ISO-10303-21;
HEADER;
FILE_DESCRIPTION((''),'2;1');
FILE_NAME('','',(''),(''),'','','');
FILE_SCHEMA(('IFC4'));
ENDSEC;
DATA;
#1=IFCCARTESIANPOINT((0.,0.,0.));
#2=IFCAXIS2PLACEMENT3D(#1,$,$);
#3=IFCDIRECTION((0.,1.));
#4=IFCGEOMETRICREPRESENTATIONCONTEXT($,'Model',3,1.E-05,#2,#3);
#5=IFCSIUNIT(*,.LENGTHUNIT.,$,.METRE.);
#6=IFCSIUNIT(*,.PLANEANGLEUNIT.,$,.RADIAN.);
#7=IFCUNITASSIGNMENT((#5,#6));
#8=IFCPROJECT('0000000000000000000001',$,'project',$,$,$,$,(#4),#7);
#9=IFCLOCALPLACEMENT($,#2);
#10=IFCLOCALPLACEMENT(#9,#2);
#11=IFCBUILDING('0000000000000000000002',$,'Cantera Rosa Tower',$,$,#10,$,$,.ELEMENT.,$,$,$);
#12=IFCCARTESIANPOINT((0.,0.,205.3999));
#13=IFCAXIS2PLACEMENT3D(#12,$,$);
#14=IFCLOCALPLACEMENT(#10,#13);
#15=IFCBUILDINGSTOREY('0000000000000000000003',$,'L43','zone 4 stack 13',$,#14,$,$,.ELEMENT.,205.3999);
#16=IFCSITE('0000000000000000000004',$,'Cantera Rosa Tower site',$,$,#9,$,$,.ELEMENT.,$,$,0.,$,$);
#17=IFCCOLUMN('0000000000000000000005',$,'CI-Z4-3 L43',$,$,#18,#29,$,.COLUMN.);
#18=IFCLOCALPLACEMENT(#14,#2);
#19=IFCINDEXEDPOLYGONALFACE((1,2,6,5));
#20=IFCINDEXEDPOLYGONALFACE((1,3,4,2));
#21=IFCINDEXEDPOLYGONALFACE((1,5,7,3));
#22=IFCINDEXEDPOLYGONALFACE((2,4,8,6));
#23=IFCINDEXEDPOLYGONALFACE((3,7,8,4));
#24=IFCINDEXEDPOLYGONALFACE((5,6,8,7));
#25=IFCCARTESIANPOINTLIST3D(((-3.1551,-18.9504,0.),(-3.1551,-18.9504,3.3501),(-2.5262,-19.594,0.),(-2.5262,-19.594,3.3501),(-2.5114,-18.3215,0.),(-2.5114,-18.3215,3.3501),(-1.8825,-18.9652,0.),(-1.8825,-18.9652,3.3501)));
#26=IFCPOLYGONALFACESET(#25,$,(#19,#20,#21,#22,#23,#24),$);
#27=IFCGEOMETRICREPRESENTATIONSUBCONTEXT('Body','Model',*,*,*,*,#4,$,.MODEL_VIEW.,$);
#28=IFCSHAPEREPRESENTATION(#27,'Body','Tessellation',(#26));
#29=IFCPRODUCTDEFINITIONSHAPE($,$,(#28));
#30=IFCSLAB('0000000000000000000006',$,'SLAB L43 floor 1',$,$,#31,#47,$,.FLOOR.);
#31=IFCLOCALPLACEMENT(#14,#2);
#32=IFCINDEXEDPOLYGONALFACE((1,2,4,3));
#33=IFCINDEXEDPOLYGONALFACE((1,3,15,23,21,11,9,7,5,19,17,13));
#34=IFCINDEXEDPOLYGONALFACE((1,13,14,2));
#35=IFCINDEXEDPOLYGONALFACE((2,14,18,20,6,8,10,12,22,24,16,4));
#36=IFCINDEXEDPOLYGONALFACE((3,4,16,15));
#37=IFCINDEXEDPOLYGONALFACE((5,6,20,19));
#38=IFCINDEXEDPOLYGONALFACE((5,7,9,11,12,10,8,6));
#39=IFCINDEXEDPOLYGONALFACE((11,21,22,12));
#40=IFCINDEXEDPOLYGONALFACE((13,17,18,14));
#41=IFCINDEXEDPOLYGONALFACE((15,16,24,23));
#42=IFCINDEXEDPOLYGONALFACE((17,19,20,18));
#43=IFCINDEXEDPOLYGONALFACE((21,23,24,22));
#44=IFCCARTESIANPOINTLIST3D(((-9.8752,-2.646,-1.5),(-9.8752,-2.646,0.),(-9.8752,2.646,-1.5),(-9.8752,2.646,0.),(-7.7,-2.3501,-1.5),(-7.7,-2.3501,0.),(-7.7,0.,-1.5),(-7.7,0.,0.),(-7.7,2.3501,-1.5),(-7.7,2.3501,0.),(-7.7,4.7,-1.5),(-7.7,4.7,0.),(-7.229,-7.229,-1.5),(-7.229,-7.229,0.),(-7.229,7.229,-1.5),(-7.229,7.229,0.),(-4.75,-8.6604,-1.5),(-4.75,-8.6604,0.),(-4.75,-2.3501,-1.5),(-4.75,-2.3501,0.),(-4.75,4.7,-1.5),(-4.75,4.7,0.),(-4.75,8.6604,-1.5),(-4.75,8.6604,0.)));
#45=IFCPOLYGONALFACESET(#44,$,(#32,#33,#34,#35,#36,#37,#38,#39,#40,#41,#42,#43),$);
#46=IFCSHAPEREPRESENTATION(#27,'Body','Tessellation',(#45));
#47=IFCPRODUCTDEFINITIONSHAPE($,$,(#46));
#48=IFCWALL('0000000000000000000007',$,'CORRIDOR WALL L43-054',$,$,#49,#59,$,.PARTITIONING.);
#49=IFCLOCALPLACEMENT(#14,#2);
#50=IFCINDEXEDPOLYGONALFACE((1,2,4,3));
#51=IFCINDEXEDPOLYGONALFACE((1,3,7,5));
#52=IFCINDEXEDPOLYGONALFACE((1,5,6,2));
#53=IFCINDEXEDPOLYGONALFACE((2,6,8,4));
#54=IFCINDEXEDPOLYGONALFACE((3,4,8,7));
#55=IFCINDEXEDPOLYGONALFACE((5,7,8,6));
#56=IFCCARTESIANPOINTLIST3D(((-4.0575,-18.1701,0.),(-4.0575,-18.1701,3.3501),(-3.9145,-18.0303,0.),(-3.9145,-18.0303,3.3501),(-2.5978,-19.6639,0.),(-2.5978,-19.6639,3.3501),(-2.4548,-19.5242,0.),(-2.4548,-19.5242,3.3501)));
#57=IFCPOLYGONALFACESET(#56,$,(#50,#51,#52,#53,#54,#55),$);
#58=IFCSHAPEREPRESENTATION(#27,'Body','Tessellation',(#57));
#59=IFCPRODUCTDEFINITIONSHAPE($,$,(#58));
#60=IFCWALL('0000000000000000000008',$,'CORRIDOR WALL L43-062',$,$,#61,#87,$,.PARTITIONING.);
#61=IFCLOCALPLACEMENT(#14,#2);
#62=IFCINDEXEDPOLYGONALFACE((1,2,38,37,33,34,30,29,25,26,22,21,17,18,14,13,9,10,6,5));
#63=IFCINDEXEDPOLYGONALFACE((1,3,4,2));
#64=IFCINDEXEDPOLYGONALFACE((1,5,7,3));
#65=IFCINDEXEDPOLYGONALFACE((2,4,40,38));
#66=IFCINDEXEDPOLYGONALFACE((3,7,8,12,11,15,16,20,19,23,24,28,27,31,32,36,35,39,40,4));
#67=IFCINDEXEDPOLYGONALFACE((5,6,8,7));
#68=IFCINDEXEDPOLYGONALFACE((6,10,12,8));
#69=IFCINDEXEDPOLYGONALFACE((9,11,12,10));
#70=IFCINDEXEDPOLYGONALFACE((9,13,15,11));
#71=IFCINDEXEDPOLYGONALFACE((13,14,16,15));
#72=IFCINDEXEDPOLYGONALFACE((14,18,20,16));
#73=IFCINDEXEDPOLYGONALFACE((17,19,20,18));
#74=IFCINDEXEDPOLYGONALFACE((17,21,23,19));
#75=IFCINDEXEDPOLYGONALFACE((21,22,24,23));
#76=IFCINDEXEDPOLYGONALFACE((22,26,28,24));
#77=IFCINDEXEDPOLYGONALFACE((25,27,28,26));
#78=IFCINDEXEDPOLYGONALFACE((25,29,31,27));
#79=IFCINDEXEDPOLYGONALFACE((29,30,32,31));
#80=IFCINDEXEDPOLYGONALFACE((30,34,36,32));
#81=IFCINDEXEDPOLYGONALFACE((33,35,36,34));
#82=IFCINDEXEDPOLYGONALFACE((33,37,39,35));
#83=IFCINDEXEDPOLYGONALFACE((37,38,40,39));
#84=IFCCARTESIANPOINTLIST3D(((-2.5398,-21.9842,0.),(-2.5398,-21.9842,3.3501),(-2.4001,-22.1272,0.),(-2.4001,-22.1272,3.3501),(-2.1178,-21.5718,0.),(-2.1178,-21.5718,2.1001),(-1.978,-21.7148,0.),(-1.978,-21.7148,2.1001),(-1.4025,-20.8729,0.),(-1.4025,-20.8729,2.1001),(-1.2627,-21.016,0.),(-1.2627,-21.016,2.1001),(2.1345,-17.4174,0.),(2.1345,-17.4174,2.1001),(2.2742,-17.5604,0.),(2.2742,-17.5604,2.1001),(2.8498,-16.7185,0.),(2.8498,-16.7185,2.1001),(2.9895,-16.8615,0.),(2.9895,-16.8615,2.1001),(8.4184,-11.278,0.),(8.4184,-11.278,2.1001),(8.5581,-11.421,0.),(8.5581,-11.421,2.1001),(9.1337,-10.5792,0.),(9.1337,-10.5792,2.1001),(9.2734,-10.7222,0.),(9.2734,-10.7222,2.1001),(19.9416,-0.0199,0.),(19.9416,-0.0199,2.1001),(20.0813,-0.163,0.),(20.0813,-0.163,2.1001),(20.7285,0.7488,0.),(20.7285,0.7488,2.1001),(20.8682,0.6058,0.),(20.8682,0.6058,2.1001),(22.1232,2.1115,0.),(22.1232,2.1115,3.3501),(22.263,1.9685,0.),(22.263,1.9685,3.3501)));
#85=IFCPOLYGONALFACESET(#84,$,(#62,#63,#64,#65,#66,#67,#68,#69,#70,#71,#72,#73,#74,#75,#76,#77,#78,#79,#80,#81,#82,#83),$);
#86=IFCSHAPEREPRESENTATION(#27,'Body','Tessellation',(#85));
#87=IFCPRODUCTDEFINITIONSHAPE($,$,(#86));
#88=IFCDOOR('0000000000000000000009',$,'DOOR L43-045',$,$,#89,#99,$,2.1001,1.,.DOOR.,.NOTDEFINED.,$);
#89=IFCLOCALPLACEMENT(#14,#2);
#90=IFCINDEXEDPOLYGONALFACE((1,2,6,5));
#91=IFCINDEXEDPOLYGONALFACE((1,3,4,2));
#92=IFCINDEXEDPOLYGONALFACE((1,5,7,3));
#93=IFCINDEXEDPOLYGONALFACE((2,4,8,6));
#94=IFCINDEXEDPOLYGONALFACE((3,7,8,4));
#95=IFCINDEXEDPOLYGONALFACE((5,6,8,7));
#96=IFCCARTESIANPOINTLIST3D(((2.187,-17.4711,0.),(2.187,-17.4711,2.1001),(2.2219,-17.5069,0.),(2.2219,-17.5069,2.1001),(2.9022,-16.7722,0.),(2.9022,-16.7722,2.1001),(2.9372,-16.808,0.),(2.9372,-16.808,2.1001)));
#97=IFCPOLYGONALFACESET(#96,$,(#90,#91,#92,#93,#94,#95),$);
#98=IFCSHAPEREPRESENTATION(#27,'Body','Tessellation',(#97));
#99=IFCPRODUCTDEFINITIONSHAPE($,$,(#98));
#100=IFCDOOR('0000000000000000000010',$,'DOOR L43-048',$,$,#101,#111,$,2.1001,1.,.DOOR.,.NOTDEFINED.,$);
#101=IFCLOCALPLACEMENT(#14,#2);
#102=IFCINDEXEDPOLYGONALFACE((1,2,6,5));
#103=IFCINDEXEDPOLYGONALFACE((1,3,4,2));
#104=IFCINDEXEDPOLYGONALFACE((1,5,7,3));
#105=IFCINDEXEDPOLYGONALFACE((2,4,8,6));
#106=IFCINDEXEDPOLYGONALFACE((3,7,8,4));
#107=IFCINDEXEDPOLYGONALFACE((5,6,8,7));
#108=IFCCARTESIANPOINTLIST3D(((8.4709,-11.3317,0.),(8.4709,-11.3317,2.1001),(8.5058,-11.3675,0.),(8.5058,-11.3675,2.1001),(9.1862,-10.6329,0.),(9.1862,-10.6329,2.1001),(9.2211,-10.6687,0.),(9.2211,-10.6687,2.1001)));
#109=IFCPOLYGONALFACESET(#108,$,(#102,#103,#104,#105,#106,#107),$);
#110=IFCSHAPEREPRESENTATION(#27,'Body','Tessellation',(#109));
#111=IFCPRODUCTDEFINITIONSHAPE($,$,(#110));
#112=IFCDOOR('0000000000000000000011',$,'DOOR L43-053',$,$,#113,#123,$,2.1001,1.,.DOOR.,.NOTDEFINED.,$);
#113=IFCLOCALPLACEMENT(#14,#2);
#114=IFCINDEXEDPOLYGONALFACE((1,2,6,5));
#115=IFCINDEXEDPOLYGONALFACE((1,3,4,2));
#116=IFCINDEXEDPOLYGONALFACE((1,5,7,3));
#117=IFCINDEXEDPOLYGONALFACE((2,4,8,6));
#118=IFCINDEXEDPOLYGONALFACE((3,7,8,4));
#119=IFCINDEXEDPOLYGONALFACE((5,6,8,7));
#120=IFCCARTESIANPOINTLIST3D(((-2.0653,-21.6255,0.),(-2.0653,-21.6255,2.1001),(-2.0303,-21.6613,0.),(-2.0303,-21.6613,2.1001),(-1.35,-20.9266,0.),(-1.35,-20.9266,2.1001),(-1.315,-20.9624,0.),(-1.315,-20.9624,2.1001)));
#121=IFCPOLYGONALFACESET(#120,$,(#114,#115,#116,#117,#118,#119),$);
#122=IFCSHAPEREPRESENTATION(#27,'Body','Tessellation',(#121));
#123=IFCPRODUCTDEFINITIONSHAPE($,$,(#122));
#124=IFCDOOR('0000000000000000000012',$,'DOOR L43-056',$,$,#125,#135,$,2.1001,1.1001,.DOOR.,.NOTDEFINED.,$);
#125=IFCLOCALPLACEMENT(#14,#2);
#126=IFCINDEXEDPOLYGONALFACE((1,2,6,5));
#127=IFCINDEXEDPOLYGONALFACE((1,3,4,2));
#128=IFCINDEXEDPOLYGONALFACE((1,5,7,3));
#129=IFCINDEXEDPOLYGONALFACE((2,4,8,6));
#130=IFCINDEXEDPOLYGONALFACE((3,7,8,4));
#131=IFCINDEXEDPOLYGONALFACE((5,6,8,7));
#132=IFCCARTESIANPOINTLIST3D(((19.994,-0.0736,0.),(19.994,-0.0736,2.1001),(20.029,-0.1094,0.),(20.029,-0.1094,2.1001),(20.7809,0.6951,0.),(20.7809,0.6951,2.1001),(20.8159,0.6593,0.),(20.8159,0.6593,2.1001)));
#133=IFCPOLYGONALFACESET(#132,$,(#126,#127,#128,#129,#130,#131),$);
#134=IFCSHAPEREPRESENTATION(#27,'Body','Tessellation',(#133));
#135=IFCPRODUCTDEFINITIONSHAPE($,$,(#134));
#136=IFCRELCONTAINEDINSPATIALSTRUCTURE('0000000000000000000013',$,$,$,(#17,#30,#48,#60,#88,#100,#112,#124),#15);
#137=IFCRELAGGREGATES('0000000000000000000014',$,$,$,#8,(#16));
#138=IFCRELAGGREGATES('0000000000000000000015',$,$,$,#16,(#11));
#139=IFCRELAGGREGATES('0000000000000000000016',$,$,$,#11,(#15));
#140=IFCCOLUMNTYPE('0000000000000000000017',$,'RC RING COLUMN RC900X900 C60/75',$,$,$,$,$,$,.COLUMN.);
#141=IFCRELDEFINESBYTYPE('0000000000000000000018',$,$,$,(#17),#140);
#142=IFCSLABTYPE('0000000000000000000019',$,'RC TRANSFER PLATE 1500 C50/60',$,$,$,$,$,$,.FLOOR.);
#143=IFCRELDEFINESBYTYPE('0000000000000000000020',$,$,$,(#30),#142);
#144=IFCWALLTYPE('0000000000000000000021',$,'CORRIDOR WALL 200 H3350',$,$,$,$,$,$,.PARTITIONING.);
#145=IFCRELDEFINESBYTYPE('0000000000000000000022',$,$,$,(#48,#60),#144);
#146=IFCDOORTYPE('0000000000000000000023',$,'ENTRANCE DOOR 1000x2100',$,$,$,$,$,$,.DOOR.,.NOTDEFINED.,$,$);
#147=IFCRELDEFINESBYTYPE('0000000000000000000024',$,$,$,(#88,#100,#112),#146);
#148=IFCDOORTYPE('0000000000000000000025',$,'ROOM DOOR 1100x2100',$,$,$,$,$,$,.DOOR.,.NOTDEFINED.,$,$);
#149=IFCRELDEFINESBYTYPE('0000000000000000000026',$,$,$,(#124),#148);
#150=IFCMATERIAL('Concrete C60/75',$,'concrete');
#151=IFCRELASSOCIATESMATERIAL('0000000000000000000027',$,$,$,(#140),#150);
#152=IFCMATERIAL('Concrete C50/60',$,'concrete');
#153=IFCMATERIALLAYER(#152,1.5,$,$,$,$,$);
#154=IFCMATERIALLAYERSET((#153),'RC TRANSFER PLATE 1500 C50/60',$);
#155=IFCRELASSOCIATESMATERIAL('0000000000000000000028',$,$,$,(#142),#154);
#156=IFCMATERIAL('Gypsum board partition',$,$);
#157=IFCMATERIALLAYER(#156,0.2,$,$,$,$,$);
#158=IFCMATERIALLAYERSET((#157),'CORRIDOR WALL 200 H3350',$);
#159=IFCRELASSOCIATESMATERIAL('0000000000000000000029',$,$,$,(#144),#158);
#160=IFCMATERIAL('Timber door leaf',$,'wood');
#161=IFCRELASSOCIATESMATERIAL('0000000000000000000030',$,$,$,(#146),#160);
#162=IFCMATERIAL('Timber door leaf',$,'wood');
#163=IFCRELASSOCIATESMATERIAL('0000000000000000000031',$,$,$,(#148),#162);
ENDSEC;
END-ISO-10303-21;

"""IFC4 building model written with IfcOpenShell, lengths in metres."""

from ifc_helpers import new_model, si_unit, direction, frame, frame_2d, origin, origin_2d, place, context, subcontext, project, spatial, polyline, rectangle, outline, extrude, material, layer, layer_set, material_profile, profile_set, type_object, element, fill, save


model = new_model("IFC4")

# Units and contexts
model_context = context("Model", 3, precision=1e-05, world=origin(), true_north=direction((0.0, 1.0)))
body_context = subcontext(model_context, "Body", "Model", "MODEL_VIEW")
ifc_project = project(units=[si_unit("LENGTHUNIT", "METRE"), si_unit("PLANEANGLEUNIT", "RADIAN")], contexts=[model_context])

# Site, building, storey
site_placement = place(None, origin())
site = spatial("IfcSite", under=ifc_project, at=site_placement, Name="Cantera Rosa Tower site", CompositionType="ELEMENT", RefElevation=0.0)
building_placement = place(site_placement, origin())
building = spatial("IfcBuilding", under=site, at=building_placement, Name="Cantera Rosa Tower", CompositionType="ELEMENT")
storey_placement = place(building_placement, frame((0.0, 0.0, 205.3999)))
storey = spatial("IfcBuildingStorey", under=building, at=storey_placement, Name="L43", Description="zone 4 stack 13", CompositionType="ELEMENT", Elevation=205.3999)

# Column
ifc_material_1 = material(Name="Concrete C60/75", Category="concrete")
ifc_material_profile = material_profile(ifc_material_1, rectangle(XDim=0.8999, YDim=0.8999, at=origin_2d()), Name="RC RING COLUMN RC900X900 C60/75")
ifc_profile_set = profile_set([ifc_material_profile], Name="Concrete C60/75")
column_type = type_object("IfcColumnType", Name="RC RING COLUMN RC900X900 C60/75", PredefinedType="COLUMN", material=ifc_profile_set)
column_placement = place(storey_placement, frame((-2.5188, -18.9578, 0.0), z_axis=(0.0, 0.0, 1.0), x_axis=(0.715286, 0.698832, 0.0)))
element("IfcColumn", 1, at=column_placement, inside=storey, type_object=column_type, Name="CI-Z4-3 L43", PredefinedType="COLUMN", context=body_context, shape_type="SweptSolid", body=[
    extrude(rectangle(XDim=0.8999, YDim=0.8999, at=origin_2d()), origin(), (0.0, 0.0, 1.0), 3.3501),
])

# Slab
ifc_material_2 = material(Name="Concrete C50/60", Category="concrete")
ifc_layer_1 = layer(ifc_material_2, 1.5)
ifc_layer_set_1 = layer_set([ifc_layer_1], Name="RC TRANSFER PLATE 1500 C50/60")
slab_type = type_object("IfcSlabType", Name="RC TRANSFER PLATE 1500 C50/60", PredefinedType="FLOOR", material=ifc_layer_set_1)
slab_placement = place(storey_placement, frame((0.0, 0.0, -1.5)))
element("IfcSlab", 2, at=slab_placement, inside=storey, type_object=slab_type, Name="SLAB L43 floor 1", PredefinedType="FLOOR", context=body_context, shape_type="SweptSolid", body=[
    extrude(outline(polyline([(-7.7, -2.3501), (-4.75, -2.3501), (-4.75, -8.6604), (-7.229, -7.229), (-9.8752, -2.646), (-9.8752, 2.646), (-7.229, 7.229), (-4.75, 8.6604), (-4.75, 4.7), (-7.7, 4.7), (-7.7, 2.3501), (-7.7, 0.0), (-7.7, -2.3501)])), origin(), (0.0, 0.0, 1.0), 1.5),
])

# Wall
ifc_material_3 = material(Name="Gypsum board partition")
ifc_layer_2 = layer(ifc_material_3, 0.2)
ifc_layer_set_2 = layer_set([ifc_layer_2], Name="CORRIDOR WALL 200 H3350")
wall_type_1 = type_object("IfcWallType", Name="CORRIDOR WALL 200 H3350", PredefinedType="PARTITIONING", material=ifc_layer_set_2)
wall_1_placement = place(storey_placement, frame((-3.9861, -18.1001, 0.0), z_axis=(0.0, 0.0, 1.0), x_axis=(0.698877, -0.715242, 0.0)))
element("IfcWall", 3, at=wall_1_placement, inside=storey, type_object=wall_type_1, Name="CORRIDOR WALL L43-054", PredefinedType="PARTITIONING", context=body_context, shape_type="SweptSolid", body=[
    extrude(rectangle(XDim=2.0886, YDim=0.2, at=frame_2d((1.0444, 0.0))), origin(), (0.0, 0.0, 1.0), 3.3501),
])

# Wall, openings, doors
wall_2_placement = place(storey_placement, frame((-2.47, -22.0557, 0.0), z_axis=(0.0, 0.0, 1.0), x_axis=(0.715287, 0.698831, 0.0)))
wall_2 = element("IfcWall", 4, at=wall_2_placement, inside=storey, type_object=wall_type_1, Name="CORRIDOR WALL L43-062", PredefinedType="PARTITIONING", context=body_context, shape_type="SweptSolid", body=[
    extrude(rectangle(XDim=34.48, YDim=0.2, at=frame_2d((17.24, 0.0))), origin(), (0.0, 0.0, 1.0), 3.3501),
])
opening_1_placement = place(wall_2_placement, frame((6.5349, 0.0, 0.0)))
opening_1 = element("IfcOpeningElement", 5, at=opening_1_placement, cuts=wall_2, PredefinedType="OPENING", context=body_context, shape_type="SweptSolid", body=[
    extrude(rectangle(XDim=1.0, YDim=2.1001, at=frame_2d((0.5, 1.05))), frame((0.0, 0.1099, 0.0), z_axis=(0.0, -1.0, 0.0), x_axis=(1.0, 0.0, 0.0)), (0.0, 0.0, 1.0), 0.22),
])
opening_2_placement = place(wall_2_placement, frame((15.3201, 0.0, 0.0)))
opening_2 = element("IfcOpeningElement", 6, at=opening_2_placement, cuts=wall_2, PredefinedType="OPENING", context=body_context, shape_type="SweptSolid", body=[
    extrude(rectangle(XDim=1.0, YDim=2.1001, at=frame_2d((0.5, 1.05))), frame((0.0, 0.1099, 0.0), z_axis=(0.0, -1.0, 0.0), x_axis=(1.0, 0.0, 0.0)), (0.0, 0.0, 1.0), 0.22),
])
opening_3_placement = place(wall_2_placement, frame((0.5901, 0.0, 0.0)))
opening_3 = element("IfcOpeningElement", 7, at=opening_3_placement, cuts=wall_2, PredefinedType="OPENING", context=body_context, shape_type="SweptSolid", body=[
    extrude(rectangle(XDim=1.0, YDim=2.1001, at=frame_2d((0.5, 1.05))), frame((0.0, 0.1099, 0.0), z_axis=(0.0, -1.0, 0.0), x_axis=(1.0, 0.0, 0.0)), (0.0, 0.0, 1.0), 0.22),
])
opening_4_placement = place(wall_2_placement, frame((31.4299, 0.0, 0.0)))
opening_4 = element("IfcOpeningElement", 8, at=opening_4_placement, cuts=wall_2, PredefinedType="OPENING", context=body_context, shape_type="SweptSolid", body=[
    extrude(rectangle(XDim=1.1001, YDim=2.1001, at=frame_2d((0.55, 1.05))), frame((0.0, 0.1099, 0.0), z_axis=(0.0, -1.0, 0.0), x_axis=(1.0, 0.0, 0.0)), (0.0, 0.0, 1.0), 0.22),
])
ifc_material_4 = material(Name="Timber door leaf", Category="wood")
door_type_1 = type_object("IfcDoorType", Name="ENTRANCE DOOR 1000x2100", OperationType="NOTDEFINED", PredefinedType="DOOR", material=ifc_material_4)
door_1_placement = place(opening_1_placement, origin())
door_1 = element("IfcDoor", 9, at=door_1_placement, inside=storey, type_object=door_type_1, Name="DOOR L43-045", OperationType="NOTDEFINED", OverallHeight=2.1001, OverallWidth=1.0, PredefinedType="DOOR", context=body_context, shape_type="SweptSolid", body=[
    extrude(rectangle(XDim=1.0, YDim=2.1001, at=frame_2d((0.5, 1.05))), frame((0.0, 0.0249, 0.0), z_axis=(0.0, -1.0, 0.0), x_axis=(1.0, 0.0, 0.0)), (0.0, 0.0, 1.0), 0.05),
])
fill(opening_1, door_1)
door_2_placement = place(opening_2_placement, origin())
door_2 = element("IfcDoor", 10, at=door_2_placement, inside=storey, type_object=door_type_1, Name="DOOR L43-048", OperationType="NOTDEFINED", OverallHeight=2.1001, OverallWidth=1.0, PredefinedType="DOOR", context=body_context, shape_type="SweptSolid", body=[
    extrude(rectangle(XDim=1.0, YDim=2.1001, at=frame_2d((0.5, 1.05))), frame((0.0, 0.0249, 0.0), z_axis=(0.0, -1.0, 0.0), x_axis=(1.0, 0.0, 0.0)), (0.0, 0.0, 1.0), 0.05),
])
fill(opening_2, door_2)
door_3_placement = place(opening_3_placement, origin())
door_3 = element("IfcDoor", 11, at=door_3_placement, inside=storey, type_object=door_type_1, Name="DOOR L43-053", OperationType="NOTDEFINED", OverallHeight=2.1001, OverallWidth=1.0, PredefinedType="DOOR", context=body_context, shape_type="SweptSolid", body=[
    extrude(rectangle(XDim=1.0, YDim=2.1001, at=frame_2d((0.5, 1.05))), frame((0.0, 0.0249, 0.0), z_axis=(0.0, -1.0, 0.0), x_axis=(1.0, 0.0, 0.0)), (0.0, 0.0, 1.0), 0.05),
])
fill(opening_3, door_3)
ifc_material_5 = material(Name="Timber door leaf", Category="wood")
door_type_2 = type_object("IfcDoorType", Name="ROOM DOOR 1100x2100", OperationType="NOTDEFINED", PredefinedType="DOOR", material=ifc_material_5)
door_4_placement = place(opening_4_placement, origin())
door_4 = element("IfcDoor", 12, at=door_4_placement, inside=storey, type_object=door_type_2, Name="DOOR L43-056", OperationType="NOTDEFINED", OverallHeight=2.1001, OverallWidth=1.1001, PredefinedType="DOOR", context=body_context, shape_type="SweptSolid", body=[
    extrude(rectangle(XDim=1.1001, YDim=2.1001, at=frame_2d((0.55, 1.05))), frame((0.0, 0.0249, 0.0), z_axis=(0.0, -1.0, 0.0), x_axis=(1.0, 0.0, 0.0)), (0.0, 0.0, 1.0), 0.05),
])
fill(opening_4, door_4)

save(model, "model.ifc")
